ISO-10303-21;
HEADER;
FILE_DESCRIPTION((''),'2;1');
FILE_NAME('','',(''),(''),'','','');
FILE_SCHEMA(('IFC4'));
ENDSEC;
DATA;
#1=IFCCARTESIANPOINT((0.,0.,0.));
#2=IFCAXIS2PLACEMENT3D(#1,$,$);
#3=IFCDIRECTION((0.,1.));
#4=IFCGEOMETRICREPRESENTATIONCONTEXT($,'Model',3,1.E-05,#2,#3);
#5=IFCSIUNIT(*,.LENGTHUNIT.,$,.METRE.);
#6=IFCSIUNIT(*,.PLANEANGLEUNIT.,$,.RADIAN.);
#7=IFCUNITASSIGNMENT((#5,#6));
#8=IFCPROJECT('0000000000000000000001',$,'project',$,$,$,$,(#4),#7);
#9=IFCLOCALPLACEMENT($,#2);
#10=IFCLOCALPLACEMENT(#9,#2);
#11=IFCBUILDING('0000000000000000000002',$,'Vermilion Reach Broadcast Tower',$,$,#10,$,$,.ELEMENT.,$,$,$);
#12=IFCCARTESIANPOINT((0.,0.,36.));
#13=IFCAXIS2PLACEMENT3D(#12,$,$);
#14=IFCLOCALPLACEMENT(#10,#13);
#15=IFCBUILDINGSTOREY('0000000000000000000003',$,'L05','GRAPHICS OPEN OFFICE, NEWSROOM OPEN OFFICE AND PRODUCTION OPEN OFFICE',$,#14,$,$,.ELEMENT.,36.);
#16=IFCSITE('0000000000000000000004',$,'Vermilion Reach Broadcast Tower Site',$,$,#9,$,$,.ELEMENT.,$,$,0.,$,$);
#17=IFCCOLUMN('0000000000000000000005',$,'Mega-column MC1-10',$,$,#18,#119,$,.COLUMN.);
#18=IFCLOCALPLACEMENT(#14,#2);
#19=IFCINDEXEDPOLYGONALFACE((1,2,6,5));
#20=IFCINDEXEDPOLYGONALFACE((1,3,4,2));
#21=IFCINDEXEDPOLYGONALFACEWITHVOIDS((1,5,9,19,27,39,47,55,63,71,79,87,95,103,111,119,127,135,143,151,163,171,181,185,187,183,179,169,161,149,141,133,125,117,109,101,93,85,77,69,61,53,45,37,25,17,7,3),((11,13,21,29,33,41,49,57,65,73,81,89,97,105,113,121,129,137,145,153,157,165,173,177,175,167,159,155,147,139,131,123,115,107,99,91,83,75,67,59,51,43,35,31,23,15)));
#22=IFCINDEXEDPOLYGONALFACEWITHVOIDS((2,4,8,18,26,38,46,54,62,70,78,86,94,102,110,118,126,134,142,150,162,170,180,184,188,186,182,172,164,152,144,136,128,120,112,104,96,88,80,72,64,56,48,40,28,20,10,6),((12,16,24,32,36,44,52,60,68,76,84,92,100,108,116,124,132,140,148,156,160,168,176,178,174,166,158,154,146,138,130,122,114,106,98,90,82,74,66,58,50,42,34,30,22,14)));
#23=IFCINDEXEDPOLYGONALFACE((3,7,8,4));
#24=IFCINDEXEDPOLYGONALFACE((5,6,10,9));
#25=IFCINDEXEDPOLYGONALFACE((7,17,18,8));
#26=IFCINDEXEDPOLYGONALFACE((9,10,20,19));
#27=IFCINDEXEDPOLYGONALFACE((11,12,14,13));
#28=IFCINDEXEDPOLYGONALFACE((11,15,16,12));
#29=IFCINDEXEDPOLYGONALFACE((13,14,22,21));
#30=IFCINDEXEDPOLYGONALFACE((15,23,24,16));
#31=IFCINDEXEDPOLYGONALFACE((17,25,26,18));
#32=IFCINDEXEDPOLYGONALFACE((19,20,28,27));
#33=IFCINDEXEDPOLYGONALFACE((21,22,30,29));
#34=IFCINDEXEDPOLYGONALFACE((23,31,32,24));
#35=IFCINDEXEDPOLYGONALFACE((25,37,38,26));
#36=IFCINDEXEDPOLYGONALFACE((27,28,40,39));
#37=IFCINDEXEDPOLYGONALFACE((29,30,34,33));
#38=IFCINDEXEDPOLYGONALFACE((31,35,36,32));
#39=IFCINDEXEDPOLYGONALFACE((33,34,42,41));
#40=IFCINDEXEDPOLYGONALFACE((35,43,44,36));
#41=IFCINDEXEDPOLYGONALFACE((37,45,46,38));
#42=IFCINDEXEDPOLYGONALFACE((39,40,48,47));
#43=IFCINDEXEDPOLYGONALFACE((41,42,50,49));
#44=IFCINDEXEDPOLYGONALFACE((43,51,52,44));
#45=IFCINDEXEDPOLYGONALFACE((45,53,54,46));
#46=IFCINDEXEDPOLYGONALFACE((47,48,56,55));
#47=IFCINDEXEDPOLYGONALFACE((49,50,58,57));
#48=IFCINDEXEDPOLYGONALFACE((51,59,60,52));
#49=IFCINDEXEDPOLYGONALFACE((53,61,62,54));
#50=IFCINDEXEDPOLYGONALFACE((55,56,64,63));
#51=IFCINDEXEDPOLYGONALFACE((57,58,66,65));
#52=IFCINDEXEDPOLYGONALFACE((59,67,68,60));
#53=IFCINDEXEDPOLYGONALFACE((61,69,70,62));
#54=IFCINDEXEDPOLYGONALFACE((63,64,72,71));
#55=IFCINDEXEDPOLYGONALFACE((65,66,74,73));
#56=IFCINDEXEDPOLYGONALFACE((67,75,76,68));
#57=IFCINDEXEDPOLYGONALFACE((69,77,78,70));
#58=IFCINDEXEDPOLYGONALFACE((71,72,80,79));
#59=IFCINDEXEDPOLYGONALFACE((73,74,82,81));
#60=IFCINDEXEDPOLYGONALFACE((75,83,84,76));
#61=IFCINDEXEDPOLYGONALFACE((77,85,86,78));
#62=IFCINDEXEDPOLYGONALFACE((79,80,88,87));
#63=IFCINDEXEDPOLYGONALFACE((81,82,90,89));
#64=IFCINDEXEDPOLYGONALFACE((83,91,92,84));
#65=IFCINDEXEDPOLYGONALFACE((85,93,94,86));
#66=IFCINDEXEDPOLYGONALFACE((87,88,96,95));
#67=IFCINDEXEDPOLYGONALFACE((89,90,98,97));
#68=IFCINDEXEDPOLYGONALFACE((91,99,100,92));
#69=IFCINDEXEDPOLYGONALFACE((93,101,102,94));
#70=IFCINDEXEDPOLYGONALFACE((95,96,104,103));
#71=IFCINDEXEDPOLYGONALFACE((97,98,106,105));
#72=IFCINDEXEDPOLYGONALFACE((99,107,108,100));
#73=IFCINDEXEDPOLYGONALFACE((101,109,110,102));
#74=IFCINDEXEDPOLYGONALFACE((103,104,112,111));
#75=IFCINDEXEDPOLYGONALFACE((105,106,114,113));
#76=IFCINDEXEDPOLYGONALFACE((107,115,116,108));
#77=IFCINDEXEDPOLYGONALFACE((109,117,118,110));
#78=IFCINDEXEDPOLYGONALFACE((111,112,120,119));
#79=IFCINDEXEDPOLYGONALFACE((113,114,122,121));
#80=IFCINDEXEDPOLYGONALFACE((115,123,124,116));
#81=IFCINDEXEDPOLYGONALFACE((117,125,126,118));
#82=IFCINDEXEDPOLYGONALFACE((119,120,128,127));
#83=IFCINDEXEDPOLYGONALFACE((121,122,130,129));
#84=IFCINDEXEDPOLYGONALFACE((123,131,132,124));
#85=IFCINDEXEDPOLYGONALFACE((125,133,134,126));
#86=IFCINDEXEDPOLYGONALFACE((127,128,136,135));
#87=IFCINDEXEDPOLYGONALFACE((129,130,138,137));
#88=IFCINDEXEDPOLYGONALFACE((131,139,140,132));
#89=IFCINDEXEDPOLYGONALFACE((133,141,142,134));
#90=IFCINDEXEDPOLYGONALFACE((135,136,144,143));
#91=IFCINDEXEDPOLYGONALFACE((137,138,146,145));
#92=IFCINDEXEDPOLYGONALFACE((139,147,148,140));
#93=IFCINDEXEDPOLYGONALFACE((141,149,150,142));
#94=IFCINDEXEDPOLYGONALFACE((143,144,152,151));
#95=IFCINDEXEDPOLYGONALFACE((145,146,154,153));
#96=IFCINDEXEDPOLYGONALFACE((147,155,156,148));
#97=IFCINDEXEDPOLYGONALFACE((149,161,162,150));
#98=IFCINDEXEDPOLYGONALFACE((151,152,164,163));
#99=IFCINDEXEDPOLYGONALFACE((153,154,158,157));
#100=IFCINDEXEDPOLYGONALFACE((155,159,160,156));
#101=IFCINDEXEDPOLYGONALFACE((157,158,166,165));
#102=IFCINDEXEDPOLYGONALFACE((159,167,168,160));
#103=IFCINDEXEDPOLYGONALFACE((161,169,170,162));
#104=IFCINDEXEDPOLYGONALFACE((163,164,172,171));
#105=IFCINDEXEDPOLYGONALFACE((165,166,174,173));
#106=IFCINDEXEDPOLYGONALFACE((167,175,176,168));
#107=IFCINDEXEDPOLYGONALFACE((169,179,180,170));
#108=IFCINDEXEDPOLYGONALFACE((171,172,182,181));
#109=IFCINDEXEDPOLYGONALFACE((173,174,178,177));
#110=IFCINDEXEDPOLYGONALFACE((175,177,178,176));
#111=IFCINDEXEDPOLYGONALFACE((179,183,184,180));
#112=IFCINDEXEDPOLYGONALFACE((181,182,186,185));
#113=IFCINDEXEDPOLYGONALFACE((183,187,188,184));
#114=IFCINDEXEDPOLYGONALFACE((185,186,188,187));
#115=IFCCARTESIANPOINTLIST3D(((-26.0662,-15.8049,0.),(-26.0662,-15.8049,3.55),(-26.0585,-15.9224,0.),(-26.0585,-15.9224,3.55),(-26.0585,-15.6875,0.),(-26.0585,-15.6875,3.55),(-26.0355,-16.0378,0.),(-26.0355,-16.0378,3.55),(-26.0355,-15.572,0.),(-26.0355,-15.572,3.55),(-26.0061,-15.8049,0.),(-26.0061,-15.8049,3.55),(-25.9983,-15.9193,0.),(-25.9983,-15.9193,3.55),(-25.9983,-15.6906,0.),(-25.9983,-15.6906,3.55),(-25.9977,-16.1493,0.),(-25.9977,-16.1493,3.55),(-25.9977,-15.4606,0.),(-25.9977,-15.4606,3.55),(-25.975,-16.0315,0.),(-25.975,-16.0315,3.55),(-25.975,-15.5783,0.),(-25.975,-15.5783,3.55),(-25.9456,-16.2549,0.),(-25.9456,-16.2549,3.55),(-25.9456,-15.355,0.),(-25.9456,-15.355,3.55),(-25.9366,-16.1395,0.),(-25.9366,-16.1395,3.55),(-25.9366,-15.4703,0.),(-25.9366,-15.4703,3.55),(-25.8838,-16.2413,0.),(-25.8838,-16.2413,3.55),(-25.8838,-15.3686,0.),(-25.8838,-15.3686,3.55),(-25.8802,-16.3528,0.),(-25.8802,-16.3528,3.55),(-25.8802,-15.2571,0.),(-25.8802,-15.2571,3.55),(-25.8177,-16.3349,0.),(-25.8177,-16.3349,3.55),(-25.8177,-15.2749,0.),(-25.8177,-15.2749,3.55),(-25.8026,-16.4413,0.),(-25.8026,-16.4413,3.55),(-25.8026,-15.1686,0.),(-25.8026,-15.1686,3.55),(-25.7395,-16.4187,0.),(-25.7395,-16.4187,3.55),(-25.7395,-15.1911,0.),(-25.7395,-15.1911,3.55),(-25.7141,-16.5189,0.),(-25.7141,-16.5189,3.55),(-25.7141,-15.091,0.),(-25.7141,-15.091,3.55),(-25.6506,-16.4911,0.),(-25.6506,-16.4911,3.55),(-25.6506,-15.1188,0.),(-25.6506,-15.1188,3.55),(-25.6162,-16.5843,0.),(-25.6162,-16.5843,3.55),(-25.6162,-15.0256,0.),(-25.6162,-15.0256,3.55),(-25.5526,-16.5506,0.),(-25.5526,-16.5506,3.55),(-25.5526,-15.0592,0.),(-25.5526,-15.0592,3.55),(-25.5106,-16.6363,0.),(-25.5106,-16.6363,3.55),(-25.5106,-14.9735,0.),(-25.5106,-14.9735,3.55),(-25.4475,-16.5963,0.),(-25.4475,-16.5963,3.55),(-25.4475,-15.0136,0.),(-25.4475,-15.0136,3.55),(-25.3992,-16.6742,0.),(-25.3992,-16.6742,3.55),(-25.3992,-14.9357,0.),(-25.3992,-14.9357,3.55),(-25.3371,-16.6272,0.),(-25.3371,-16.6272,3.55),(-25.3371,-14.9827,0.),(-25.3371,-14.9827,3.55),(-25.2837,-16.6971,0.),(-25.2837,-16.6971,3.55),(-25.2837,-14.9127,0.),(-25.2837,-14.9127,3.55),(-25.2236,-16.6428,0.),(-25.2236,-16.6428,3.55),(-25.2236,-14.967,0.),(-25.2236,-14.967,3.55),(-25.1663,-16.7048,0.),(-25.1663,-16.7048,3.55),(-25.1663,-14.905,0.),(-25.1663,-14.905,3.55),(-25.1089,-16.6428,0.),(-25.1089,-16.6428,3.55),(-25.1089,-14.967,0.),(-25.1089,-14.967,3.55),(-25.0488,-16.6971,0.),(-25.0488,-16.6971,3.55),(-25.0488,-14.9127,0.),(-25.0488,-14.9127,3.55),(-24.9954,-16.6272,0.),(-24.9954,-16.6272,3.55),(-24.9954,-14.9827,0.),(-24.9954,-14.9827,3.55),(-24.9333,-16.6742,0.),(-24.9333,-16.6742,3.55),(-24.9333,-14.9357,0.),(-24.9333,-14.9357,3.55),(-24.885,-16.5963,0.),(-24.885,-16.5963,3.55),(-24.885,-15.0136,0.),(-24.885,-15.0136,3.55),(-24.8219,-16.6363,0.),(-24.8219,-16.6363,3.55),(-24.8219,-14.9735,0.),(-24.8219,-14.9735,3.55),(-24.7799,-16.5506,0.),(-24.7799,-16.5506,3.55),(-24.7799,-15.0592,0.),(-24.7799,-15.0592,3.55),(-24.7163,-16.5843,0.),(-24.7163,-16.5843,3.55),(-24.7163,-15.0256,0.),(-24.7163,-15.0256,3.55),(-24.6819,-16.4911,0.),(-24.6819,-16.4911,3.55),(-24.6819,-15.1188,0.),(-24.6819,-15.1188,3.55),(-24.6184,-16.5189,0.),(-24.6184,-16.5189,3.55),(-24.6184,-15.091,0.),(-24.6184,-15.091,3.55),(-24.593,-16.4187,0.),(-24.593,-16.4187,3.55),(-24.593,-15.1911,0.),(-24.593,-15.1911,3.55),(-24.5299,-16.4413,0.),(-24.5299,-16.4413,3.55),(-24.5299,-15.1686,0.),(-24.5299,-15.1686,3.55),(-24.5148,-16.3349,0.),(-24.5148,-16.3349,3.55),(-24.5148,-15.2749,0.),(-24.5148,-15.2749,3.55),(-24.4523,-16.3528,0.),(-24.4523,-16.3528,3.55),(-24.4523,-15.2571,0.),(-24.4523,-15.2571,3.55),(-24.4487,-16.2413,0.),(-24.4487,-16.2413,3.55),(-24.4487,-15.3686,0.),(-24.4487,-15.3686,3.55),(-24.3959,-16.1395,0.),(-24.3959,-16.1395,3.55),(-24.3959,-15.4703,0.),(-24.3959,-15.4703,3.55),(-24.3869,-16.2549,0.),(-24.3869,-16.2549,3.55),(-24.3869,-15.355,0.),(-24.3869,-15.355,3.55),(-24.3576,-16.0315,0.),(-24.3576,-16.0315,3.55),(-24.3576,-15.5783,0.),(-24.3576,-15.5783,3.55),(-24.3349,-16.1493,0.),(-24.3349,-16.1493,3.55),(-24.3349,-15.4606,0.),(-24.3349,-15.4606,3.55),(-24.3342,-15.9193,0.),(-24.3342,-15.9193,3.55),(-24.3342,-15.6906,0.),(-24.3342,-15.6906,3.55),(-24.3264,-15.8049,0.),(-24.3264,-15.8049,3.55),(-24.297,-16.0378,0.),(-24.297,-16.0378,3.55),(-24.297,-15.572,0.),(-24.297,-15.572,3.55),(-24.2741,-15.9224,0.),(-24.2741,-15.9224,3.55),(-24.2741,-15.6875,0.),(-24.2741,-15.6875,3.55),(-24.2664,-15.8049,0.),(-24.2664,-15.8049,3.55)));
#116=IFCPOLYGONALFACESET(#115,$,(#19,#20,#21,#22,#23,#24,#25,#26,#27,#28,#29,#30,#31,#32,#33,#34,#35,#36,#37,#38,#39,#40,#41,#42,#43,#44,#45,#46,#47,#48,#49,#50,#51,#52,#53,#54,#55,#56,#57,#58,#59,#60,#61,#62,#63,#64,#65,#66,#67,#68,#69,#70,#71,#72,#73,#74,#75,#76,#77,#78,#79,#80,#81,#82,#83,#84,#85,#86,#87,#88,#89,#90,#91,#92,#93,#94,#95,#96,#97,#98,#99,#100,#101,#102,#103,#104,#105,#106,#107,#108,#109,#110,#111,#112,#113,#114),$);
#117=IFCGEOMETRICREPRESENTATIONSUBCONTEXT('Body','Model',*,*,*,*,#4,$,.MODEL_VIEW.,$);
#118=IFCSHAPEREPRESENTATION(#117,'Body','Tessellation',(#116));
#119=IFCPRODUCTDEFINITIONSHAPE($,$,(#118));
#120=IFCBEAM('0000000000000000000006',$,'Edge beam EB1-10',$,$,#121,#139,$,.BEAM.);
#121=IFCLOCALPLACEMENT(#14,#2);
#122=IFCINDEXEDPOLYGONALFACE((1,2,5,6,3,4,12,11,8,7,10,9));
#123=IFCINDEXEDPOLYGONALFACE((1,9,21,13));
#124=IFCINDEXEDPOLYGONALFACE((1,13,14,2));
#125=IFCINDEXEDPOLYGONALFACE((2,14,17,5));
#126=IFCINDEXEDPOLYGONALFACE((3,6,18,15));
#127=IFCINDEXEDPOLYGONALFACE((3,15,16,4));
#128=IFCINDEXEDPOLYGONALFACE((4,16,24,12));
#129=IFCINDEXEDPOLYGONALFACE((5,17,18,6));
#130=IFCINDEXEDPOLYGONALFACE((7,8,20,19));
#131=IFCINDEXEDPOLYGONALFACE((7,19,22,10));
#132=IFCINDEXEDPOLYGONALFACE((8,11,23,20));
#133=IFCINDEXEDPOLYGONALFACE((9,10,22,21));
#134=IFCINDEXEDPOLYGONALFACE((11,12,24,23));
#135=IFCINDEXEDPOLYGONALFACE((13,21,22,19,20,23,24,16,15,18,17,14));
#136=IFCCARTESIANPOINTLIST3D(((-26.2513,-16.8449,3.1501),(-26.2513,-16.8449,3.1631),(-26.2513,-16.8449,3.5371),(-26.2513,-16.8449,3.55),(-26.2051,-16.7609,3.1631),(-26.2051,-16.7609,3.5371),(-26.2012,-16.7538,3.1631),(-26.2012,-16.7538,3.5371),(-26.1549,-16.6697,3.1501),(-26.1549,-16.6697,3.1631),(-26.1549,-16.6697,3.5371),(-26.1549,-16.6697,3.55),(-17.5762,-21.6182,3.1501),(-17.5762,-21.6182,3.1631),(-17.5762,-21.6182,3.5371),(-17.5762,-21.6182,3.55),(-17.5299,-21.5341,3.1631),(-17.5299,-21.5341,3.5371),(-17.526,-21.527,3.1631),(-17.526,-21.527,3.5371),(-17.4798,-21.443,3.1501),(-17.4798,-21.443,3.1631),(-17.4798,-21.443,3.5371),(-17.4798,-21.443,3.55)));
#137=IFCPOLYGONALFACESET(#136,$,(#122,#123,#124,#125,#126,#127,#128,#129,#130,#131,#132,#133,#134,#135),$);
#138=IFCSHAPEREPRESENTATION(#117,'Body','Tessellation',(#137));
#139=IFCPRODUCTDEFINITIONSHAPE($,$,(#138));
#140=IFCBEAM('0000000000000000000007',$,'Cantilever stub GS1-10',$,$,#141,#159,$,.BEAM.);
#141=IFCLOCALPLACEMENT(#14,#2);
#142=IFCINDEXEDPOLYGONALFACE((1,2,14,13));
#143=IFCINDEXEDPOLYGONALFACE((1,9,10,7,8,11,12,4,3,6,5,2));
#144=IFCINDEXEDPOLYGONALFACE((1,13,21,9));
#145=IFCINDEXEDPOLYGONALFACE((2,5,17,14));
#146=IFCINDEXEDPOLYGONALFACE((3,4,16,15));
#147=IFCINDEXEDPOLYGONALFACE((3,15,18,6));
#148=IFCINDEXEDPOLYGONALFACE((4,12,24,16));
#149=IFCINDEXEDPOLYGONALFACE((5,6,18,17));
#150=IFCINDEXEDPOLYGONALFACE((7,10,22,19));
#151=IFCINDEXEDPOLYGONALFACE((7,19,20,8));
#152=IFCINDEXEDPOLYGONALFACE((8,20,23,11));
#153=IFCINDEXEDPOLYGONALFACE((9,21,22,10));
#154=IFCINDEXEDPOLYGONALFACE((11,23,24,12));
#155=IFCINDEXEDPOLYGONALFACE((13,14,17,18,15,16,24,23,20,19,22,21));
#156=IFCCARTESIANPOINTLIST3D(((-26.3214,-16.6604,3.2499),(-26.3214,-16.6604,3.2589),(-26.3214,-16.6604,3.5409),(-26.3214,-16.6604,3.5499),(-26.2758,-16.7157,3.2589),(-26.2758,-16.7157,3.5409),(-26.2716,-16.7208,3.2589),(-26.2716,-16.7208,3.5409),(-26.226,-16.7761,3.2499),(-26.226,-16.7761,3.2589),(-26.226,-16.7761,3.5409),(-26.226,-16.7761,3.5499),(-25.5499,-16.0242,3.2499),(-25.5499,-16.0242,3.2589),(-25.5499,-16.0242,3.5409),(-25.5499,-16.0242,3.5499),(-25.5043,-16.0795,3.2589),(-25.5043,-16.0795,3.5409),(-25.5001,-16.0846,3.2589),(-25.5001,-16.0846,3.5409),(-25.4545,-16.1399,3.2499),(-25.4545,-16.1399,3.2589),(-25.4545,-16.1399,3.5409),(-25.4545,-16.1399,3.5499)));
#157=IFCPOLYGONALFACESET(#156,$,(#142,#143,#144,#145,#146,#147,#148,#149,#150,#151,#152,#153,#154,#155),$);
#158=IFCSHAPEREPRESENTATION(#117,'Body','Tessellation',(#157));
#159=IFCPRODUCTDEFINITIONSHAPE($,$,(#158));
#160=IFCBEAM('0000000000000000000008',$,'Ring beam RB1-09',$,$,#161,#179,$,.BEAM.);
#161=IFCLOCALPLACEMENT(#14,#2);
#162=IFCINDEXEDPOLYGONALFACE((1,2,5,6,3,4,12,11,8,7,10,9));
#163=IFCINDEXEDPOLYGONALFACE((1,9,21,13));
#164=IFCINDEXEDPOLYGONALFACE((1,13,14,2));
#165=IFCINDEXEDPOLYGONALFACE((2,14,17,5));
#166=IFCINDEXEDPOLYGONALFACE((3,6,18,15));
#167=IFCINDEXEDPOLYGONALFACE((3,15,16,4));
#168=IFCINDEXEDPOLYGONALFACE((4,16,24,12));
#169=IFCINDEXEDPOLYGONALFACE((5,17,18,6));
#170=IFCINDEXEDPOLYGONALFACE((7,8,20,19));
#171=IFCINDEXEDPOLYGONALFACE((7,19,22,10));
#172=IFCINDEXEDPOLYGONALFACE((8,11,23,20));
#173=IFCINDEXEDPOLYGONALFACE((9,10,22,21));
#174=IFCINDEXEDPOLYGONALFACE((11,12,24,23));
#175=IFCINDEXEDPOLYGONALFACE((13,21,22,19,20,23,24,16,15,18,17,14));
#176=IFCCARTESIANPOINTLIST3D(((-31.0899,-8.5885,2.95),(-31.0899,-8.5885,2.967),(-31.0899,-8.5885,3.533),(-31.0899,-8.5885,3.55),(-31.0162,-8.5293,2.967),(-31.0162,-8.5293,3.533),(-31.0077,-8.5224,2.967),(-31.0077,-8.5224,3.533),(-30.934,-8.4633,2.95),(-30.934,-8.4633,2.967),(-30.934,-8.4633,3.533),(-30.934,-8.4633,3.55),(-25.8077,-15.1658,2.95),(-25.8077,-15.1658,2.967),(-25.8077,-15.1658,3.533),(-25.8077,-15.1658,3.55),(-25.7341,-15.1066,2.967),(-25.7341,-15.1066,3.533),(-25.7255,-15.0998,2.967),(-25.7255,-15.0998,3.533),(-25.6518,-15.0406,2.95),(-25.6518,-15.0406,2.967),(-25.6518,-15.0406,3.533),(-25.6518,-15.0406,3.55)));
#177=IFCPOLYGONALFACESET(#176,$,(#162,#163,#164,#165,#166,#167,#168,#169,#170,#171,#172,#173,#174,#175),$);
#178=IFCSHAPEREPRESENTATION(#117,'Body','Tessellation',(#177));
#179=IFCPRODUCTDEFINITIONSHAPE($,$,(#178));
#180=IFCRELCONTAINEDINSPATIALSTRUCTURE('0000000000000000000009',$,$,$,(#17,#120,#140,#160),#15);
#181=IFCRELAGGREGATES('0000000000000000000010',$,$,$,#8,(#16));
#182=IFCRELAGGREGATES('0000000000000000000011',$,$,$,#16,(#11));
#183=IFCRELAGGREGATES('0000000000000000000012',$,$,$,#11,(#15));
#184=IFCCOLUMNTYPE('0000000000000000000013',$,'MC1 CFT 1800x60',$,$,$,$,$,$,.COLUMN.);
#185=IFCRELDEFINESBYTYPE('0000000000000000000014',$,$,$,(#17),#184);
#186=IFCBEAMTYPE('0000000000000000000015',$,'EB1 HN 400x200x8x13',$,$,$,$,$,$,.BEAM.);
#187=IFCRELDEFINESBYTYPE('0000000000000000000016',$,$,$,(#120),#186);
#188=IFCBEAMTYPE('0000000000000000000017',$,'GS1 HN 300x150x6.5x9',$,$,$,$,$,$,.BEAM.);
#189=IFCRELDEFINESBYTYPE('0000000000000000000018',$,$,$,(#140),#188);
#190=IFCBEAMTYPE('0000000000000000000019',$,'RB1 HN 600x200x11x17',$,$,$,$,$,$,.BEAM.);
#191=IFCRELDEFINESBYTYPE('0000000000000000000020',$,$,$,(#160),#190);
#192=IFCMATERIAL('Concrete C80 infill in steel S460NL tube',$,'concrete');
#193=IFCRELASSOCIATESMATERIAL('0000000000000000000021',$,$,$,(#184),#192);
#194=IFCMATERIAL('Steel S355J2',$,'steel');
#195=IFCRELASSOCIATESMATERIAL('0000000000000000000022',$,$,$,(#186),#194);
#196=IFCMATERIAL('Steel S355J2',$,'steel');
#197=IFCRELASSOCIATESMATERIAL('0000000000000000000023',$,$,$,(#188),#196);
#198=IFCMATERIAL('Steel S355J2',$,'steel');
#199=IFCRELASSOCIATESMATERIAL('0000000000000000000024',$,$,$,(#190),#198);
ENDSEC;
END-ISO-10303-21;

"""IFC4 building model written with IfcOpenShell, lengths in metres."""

from ifc_helpers import new_model, si_unit, direction, frame, origin, origin_2d, place, context, subcontext, project, spatial, hollow_circle, i_section, extrude, material, material_profile, profile_set, type_object, element, save


model = new_model("IFC4")

# Units and contexts
model_context = context("Model", 3, precision=1e-05, world=origin(), true_north=direction((0.0, 1.0)))
body_context = subcontext(model_context, "Body", "Model", "MODEL_VIEW")
ifc_project = project(units=[si_unit("LENGTHUNIT", "METRE"), si_unit("PLANEANGLEUNIT", "RADIAN")], contexts=[model_context])

# Site, building, storey
site_placement = place(None, origin())
site = spatial("IfcSite", under=ifc_project, at=site_placement, Name="Vermilion Reach Broadcast Tower Site", CompositionType="ELEMENT", RefElevation=0.0)
building_placement = place(site_placement, origin())
building = spatial("IfcBuilding", under=site, at=building_placement, Name="Vermilion Reach Broadcast Tower", CompositionType="ELEMENT")
storey_placement = place(building_placement, frame((0.0, 0.0, 36.0)))
storey = spatial("IfcBuildingStorey", under=building, at=storey_placement, Name="L05", Description="GRAPHICS OPEN OFFICE, NEWSROOM OPEN OFFICE AND PRODUCTION OPEN OFFICE", CompositionType="ELEMENT", Elevation=36.0)

# Column
ifc_material_1 = material(Name="Concrete C80 infill in steel S460NL tube", Category="concrete")
ifc_material_profile_1 = material_profile(ifc_material_1, hollow_circle(Radius=0.8999, WallThickness=0.0601, at=origin_2d()), Name="Concrete C80 infill in steel S460NL tube CFT 1800x60")
ifc_profile_set_1 = profile_set([ifc_material_profile_1], Name="Concrete C80 infill in steel S460NL tube")
column_type = type_object("IfcColumnType", Name="MC1 CFT 1800x60", PredefinedType="COLUMN", material=ifc_profile_set_1)
column_placement = place(storey_placement, frame((-25.1663, -15.8049, 0.0), z_axis=(0.0, 0.0, 1.0), x_axis=(1.0, 0.0, 0.0)))
element("IfcColumn", 1, at=column_placement, inside=storey, type_object=column_type, Name="Mega-column MC1-10", PredefinedType="COLUMN", context=body_context, shape_type="SweptSolid", body=[
    extrude(hollow_circle(Radius=0.8999, WallThickness=0.0601, at=origin_2d()), origin(), (0.0, 0.0, 1.0), 3.55),
])

# Beams
ifc_material_2 = material(Name="Steel S355J2", Category="steel")
ifc_material_profile_2 = material_profile(ifc_material_2, i_section(OverallWidth=0.2, OverallDepth=0.3999, WebThickness=0.0081, FlangeThickness=0.0129, at=origin_2d()), Name="S355J2 HN 400x200x8x13")
ifc_profile_set_2 = profile_set([ifc_material_profile_2], Name="Steel S355J2")
beam_type_1 = type_object("IfcBeamType", Name="EB1 HN 400x200x8x13", PredefinedType="BEAM", material=ifc_profile_set_2)
beam_1_placement = place(storey_placement, frame((-26.2031, -16.7573, 3.3501), z_axis=(0.876134, -0.482067, 0.0), x_axis=(0.482067, 0.876134, 0.0)))
element("IfcBeam", 2, at=beam_1_placement, inside=storey, type_object=beam_type_1, Name="Edge beam EB1-10", PredefinedType="BEAM", context=body_context, shape_type="SweptSolid", body=[
    extrude(i_section(OverallWidth=0.2, OverallDepth=0.3999, WebThickness=0.0081, FlangeThickness=0.0129, at=origin_2d()), origin(), (0.0, 0.0, 1.0), 9.9016),
])
ifc_material_3 = material(Name="Steel S355J2", Category="steel")
ifc_material_profile_3 = material_profile(ifc_material_3, i_section(OverallWidth=0.1499, OverallDepth=0.3, WebThickness=0.0066, FlangeThickness=0.009, at=origin_2d()), Name="S355J2 HN 300x150x6.5x9")
ifc_profile_set_3 = profile_set([ifc_material_profile_3], Name="Steel S355J2")
beam_type_2 = type_object("IfcBeamType", Name="GS1 HN 300x150x6.5x9", PredefinedType="BEAM", material=ifc_profile_set_3)
beam_2_placement = place(storey_placement, frame((-25.5022, -16.082, 3.3999), z_axis=(-0.771493, -0.636238, 0.0), x_axis=(0.636238, -0.771493, 0.0)))
element("IfcBeam", 3, at=beam_2_placement, inside=storey, type_object=beam_type_2, Name="Cantilever stub GS1-10", PredefinedType="BEAM", context=body_context, shape_type="SweptSolid", body=[
    extrude(i_section(OverallWidth=0.1499, OverallDepth=0.3, WebThickness=0.0066, FlangeThickness=0.009, at=origin_2d()), origin(), (0.0, 0.0, 1.0), 1.0),
])
ifc_material_4 = material(Name="Steel S355J2", Category="steel")
ifc_material_profile_4 = material_profile(ifc_material_4, i_section(OverallWidth=0.2, OverallDepth=0.6001, WebThickness=0.011, FlangeThickness=0.0171, at=origin_2d()), Name="S355J2 HN 600x200x11x17")
ifc_profile_set_4 = profile_set([ifc_material_profile_4], Name="Steel S355J2")
beam_type_3 = type_object("IfcBeamType", Name="RB1 HN 600x200x11x17", PredefinedType="BEAM", material=ifc_profile_set_4)
beam_3_placement = place(storey_placement, frame((-31.012, -8.5259, 3.25), z_axis=(0.626162, -0.779693, 0.0), x_axis=(0.779693, 0.626162, 0.0)))
element("IfcBeam", 4, at=beam_3_placement, inside=storey, type_object=beam_type_3, Name="Ring beam RB1-09", PredefinedType="BEAM", context=body_context, shape_type="SweptSolid", body=[
    extrude(i_section(OverallWidth=0.2, OverallDepth=0.6001, WebThickness=0.011, FlangeThickness=0.0171, at=origin_2d()), origin(), (0.0, 0.0, 1.0), 8.4358),
])

save(model, "model.ifc")
